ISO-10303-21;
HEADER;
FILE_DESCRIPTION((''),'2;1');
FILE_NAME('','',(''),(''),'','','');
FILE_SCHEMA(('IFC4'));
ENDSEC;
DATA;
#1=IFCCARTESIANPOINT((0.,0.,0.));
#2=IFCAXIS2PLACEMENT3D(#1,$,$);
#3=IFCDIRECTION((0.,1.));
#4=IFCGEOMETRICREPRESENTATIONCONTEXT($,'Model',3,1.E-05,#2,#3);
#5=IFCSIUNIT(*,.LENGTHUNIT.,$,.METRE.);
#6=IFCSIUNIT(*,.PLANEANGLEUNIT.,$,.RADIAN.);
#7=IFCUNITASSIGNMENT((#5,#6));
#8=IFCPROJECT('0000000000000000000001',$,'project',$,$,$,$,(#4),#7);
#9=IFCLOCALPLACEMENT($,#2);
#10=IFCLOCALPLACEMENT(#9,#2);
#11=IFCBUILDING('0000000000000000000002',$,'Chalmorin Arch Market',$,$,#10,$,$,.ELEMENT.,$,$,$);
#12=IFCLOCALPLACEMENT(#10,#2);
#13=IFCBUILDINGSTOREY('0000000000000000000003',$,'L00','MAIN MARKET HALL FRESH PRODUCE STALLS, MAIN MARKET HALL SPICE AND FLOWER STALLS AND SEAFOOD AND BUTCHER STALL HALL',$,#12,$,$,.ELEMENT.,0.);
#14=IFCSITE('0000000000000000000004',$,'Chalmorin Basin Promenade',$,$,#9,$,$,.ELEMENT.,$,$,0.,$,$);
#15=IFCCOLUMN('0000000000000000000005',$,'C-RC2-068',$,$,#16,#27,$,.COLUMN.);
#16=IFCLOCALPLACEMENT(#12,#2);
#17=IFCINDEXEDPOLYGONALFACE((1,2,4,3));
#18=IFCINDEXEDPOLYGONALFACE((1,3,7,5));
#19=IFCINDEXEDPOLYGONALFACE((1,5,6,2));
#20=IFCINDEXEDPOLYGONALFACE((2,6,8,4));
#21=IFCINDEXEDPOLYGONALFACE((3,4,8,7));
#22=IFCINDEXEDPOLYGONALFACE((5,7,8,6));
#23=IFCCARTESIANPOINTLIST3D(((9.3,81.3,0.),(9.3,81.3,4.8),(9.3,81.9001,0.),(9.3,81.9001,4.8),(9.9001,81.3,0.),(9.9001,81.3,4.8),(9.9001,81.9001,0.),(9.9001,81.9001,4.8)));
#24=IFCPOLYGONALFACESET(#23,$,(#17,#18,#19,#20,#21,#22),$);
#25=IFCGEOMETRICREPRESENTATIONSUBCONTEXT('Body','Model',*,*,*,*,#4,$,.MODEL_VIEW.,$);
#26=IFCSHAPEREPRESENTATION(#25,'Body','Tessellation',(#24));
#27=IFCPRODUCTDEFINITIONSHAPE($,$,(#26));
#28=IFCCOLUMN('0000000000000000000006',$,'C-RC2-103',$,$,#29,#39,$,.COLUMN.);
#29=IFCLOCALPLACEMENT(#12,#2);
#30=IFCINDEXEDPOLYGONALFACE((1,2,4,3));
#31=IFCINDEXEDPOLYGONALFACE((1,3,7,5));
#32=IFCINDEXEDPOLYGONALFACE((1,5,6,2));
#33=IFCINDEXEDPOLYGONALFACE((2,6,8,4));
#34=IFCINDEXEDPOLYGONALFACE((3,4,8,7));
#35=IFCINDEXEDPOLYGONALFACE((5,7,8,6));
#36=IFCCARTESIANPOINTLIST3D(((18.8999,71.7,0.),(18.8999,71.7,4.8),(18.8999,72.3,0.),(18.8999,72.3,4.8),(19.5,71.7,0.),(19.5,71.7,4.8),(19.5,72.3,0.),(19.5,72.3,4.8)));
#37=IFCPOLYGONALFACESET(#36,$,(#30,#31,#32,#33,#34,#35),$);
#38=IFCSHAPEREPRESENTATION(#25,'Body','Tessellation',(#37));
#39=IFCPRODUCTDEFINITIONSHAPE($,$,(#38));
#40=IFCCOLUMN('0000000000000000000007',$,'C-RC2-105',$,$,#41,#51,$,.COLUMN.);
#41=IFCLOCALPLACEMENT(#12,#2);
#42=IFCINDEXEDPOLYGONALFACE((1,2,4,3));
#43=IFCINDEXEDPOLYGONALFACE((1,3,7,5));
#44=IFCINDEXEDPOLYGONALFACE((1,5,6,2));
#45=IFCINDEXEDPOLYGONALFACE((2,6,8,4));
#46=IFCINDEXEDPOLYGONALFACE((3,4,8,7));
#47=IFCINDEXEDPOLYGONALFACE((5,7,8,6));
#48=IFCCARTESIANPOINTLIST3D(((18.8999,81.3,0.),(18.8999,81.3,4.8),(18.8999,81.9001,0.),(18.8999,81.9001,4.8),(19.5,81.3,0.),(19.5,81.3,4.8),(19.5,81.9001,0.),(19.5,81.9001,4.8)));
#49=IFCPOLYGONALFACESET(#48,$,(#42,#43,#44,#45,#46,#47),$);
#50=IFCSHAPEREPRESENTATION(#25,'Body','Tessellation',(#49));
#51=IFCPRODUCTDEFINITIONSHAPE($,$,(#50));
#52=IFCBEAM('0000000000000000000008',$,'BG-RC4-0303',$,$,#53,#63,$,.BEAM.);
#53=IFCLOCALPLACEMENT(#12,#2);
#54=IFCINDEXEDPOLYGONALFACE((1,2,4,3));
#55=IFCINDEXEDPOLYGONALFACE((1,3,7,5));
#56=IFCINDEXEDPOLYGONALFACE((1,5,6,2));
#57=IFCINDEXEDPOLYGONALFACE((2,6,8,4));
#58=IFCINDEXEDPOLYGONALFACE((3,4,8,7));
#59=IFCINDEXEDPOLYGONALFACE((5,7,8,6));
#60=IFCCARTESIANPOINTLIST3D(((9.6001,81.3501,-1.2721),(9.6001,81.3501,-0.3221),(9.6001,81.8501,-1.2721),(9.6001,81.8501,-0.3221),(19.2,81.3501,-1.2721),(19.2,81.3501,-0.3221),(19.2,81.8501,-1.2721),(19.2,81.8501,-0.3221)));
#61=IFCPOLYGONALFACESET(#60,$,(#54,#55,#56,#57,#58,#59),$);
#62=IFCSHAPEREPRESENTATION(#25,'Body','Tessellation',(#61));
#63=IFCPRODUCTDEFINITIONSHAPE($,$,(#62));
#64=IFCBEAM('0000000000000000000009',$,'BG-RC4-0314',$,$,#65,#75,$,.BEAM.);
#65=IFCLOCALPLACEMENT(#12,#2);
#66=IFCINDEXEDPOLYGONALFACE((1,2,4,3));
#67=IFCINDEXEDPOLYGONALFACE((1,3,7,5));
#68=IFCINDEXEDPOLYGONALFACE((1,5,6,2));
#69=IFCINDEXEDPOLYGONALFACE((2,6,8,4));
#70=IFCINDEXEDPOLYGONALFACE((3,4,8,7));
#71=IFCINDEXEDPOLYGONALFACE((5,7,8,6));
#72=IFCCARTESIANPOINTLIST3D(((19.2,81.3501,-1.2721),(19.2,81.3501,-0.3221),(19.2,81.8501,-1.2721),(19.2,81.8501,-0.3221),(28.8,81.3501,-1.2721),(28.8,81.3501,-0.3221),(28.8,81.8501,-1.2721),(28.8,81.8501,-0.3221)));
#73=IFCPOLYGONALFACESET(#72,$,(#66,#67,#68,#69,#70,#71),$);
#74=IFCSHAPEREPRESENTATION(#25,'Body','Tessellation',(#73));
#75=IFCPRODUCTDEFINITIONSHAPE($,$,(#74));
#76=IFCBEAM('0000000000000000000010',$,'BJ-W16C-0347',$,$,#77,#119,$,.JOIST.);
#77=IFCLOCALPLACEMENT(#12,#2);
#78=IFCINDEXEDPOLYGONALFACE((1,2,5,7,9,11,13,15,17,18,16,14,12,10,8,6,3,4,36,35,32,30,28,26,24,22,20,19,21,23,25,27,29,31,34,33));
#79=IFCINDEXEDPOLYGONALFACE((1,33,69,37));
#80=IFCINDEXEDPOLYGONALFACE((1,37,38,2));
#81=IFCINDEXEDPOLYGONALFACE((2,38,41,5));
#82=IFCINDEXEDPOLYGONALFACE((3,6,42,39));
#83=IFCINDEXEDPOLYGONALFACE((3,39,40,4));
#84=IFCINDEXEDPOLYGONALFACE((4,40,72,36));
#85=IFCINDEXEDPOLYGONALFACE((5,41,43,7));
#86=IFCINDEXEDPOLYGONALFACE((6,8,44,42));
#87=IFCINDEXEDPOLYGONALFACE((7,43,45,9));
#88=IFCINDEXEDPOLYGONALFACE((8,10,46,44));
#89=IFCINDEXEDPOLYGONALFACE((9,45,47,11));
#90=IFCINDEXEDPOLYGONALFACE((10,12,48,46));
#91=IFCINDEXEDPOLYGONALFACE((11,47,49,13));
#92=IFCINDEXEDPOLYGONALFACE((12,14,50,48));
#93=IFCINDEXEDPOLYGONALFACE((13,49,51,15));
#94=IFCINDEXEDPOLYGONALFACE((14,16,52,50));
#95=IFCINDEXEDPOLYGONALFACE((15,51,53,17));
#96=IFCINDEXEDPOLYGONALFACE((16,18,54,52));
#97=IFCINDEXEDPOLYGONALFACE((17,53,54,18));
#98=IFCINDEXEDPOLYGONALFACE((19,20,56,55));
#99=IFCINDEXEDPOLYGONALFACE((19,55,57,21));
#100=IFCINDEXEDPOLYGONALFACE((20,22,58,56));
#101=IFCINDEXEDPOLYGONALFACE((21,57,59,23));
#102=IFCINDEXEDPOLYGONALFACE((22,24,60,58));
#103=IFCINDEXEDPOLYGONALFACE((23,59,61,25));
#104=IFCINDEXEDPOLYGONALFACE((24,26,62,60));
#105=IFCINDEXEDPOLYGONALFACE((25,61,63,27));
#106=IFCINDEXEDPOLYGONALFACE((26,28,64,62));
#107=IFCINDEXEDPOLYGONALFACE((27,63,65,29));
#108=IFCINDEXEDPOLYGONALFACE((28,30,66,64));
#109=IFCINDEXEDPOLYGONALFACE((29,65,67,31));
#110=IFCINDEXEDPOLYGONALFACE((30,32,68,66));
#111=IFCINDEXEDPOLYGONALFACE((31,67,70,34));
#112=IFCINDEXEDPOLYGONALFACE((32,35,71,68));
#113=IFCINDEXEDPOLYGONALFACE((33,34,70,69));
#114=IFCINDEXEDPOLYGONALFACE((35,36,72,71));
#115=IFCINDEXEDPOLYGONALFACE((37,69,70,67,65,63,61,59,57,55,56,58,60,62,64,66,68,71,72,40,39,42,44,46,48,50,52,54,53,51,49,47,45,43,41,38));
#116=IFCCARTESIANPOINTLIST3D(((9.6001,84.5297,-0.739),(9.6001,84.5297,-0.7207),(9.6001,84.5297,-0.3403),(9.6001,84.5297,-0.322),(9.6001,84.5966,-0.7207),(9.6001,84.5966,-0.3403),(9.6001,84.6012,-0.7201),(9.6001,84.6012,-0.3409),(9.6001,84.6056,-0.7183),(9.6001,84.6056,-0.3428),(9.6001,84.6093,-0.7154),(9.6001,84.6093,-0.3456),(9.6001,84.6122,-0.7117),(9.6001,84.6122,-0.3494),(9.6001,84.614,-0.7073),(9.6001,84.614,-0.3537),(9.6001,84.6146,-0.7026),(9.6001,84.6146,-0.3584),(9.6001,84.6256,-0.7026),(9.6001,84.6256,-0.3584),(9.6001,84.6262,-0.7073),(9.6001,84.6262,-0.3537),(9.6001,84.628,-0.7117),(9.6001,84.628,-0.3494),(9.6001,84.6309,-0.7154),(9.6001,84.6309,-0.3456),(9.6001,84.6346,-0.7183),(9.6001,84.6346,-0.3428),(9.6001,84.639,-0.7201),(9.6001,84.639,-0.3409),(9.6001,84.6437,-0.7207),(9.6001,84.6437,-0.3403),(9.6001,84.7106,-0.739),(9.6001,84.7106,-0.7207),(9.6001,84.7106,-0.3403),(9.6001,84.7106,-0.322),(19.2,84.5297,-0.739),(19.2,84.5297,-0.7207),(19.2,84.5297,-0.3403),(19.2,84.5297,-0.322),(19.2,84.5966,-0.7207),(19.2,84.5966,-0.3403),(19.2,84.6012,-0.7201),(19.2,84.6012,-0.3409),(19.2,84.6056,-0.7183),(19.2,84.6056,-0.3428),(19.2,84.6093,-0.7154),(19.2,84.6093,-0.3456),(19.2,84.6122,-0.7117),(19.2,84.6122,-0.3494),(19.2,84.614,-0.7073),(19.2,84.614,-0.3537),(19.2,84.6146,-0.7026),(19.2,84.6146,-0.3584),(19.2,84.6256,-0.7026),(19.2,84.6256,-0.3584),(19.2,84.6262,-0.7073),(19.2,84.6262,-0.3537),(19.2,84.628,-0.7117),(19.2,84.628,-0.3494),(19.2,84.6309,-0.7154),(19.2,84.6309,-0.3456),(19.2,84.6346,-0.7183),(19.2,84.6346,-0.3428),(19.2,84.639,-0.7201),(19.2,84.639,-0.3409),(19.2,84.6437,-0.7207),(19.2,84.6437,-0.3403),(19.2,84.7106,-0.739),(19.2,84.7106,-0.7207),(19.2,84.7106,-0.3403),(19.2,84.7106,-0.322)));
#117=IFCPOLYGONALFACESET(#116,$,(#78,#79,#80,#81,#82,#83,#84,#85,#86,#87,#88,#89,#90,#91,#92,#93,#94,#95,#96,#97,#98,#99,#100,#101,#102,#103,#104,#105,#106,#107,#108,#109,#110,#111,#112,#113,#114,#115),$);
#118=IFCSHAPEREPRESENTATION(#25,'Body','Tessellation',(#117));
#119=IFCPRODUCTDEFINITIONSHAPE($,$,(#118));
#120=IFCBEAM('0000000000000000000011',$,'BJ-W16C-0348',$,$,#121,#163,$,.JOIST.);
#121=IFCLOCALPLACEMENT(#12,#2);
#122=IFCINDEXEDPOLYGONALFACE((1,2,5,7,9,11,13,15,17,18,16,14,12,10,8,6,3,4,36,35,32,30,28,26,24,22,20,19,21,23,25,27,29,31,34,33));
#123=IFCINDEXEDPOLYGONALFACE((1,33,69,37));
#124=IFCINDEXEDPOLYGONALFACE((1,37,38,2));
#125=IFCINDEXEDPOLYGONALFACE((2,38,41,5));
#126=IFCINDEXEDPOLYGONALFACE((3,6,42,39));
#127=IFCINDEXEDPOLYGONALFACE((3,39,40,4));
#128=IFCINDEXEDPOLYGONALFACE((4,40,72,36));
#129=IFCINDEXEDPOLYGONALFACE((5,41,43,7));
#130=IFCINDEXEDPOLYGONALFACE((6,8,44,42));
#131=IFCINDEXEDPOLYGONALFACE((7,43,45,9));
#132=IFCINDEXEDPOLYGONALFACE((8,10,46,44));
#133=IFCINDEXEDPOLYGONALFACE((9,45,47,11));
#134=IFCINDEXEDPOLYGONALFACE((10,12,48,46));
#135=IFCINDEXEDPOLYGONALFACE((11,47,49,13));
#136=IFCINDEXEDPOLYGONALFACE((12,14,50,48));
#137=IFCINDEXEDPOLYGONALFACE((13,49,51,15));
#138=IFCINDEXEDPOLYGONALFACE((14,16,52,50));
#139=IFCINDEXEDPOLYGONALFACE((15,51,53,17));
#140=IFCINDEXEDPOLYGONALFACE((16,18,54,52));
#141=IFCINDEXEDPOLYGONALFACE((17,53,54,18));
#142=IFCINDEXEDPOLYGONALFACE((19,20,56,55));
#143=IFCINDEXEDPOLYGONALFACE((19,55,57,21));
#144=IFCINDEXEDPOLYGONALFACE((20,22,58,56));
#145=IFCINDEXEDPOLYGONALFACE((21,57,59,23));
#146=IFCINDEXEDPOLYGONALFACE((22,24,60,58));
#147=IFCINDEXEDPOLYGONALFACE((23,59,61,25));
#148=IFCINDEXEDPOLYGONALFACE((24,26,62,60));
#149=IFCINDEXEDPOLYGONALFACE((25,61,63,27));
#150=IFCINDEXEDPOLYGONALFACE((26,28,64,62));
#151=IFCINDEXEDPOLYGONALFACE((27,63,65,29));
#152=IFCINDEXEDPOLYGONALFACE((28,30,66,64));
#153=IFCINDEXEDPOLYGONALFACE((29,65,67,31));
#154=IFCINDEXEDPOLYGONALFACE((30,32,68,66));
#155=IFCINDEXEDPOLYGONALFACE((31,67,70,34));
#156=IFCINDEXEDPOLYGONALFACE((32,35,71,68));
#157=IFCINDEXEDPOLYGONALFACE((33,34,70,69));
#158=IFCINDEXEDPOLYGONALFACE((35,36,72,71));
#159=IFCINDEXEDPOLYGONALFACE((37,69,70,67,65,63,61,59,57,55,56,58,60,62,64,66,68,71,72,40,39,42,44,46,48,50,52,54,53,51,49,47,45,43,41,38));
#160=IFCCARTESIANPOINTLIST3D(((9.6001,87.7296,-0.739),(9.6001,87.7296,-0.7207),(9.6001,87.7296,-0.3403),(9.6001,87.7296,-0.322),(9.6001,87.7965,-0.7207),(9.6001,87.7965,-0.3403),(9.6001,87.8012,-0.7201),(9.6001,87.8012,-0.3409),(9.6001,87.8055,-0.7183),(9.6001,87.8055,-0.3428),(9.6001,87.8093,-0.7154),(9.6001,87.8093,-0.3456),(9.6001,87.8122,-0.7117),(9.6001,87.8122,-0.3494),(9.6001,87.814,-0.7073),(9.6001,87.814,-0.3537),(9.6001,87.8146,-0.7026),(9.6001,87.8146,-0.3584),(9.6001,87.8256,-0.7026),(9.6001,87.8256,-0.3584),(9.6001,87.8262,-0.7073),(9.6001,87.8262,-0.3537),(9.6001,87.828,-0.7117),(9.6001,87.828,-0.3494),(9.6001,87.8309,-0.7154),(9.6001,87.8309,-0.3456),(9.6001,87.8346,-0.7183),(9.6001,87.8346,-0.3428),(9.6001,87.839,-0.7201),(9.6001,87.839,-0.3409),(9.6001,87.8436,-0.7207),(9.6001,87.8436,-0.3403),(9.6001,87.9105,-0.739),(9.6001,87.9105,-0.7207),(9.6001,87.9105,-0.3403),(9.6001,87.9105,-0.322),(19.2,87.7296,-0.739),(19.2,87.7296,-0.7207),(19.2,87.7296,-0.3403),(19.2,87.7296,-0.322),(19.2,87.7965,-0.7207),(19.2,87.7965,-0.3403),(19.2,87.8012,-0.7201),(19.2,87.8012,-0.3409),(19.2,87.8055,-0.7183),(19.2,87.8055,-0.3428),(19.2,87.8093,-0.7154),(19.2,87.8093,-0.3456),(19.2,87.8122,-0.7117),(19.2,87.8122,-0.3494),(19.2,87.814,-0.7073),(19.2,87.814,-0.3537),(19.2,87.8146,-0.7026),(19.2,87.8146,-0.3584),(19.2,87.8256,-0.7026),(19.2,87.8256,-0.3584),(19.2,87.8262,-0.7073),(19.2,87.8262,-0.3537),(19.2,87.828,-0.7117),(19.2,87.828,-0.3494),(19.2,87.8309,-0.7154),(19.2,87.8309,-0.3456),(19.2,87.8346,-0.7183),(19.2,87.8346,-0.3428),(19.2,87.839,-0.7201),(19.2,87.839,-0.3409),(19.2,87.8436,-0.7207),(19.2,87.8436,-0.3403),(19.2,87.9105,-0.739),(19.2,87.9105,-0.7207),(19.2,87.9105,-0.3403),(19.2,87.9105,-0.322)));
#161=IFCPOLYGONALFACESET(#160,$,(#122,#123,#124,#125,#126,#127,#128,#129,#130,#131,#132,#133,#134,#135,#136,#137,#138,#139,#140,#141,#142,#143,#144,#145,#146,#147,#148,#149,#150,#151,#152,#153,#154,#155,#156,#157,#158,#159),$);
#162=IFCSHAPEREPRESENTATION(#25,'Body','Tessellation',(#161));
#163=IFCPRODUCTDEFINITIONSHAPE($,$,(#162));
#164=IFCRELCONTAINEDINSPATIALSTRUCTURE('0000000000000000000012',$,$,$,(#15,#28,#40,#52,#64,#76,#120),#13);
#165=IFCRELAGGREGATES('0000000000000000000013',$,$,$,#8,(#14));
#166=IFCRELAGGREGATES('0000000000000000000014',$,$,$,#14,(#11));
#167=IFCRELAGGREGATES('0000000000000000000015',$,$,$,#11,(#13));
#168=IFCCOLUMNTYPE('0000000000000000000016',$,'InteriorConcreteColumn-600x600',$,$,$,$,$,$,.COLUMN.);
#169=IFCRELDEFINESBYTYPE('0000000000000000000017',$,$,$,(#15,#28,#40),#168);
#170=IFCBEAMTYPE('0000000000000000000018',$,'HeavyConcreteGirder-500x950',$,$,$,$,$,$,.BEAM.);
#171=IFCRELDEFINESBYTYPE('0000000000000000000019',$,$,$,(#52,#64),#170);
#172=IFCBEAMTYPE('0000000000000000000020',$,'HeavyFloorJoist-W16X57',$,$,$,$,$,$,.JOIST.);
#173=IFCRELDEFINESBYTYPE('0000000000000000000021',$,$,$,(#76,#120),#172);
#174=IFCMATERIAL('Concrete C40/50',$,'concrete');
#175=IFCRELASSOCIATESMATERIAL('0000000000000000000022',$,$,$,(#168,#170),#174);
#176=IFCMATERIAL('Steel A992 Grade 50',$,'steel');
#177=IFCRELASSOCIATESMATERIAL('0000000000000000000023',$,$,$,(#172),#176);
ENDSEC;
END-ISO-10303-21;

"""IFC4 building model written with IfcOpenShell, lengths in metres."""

from ifc_helpers import new_model, si_unit, direction, frame, origin, origin_2d, place, context, subcontext, project, spatial, rectangle, i_section, extrude, material, material_profile, profile_set, type_object, element, save


model = new_model("IFC4")

# Units and contexts
model_context = context("Model", 3, precision=1e-05, world=origin(), true_north=direction((0.0, 1.0)))
body_context = subcontext(model_context, "Body", "Model", "MODEL_VIEW")
ifc_project = project(units=[si_unit("LENGTHUNIT", "METRE"), si_unit("PLANEANGLEUNIT", "RADIAN")], contexts=[model_context])

# Site, building, storey
site_placement = place(None, origin())
site = spatial("IfcSite", under=ifc_project, at=site_placement, Name="Chalmorin Basin Promenade", CompositionType="ELEMENT", RefElevation=0.0)
building_placement = place(site_placement, origin())
building = spatial("IfcBuilding", under=site, at=building_placement, Name="Chalmorin Arch Market", CompositionType="ELEMENT")
storey_placement = place(building_placement, origin())
storey = spatial("IfcBuildingStorey", under=building, at=storey_placement, Name="L00", Description="MAIN MARKET HALL FRESH PRODUCE STALLS, MAIN MARKET HALL SPICE AND FLOWER STALLS AND SEAFOOD AND BUTCHER STALL HALL", CompositionType="ELEMENT", Elevation=0.0)

# Columns
ifc_material_1 = material(Name="Concrete C40/50", Category="concrete")
ifc_material_profile_1 = material_profile(ifc_material_1, rectangle(XDim=0.6001, YDim=0.6001, at=origin_2d()), Name="RC600X600")
ifc_profile_set_1 = profile_set([ifc_material_profile_1], Name="Concrete C40/50")
column_type = type_object("IfcColumnType", Name="InteriorConcreteColumn-600x600", PredefinedType="COLUMN", material=ifc_profile_set_1)
for number, where, z_axis, x_axis, name in (
    (1, (9.6001, 81.6001, 0.0), (0.0, 0.0, 1.0), (1.0, 0.0, 0.0), "C-RC2-068"),
    (2, (19.2, 72.0, 0.0), (0.0, 0.0, 1.0), (1.0, 0.0, 0.0), "C-RC2-103"),
    (3, (19.2, 81.6001, 0.0), (0.0, 0.0, 1.0), (1.0, 0.0, 0.0), "C-RC2-105"),
):
    element("IfcColumn", number, at=place(storey_placement, frame(where, z_axis=z_axis, x_axis=x_axis)), inside=storey, type_object=column_type, Name=name, PredefinedType="COLUMN", context=body_context, shape_type="SweptSolid", body=[
        extrude(rectangle(XDim=0.6001, YDim=0.6001, at=origin_2d()), origin(), (0.0, 0.0, 1.0), 4.8),
    ])

# Beams
ifc_material_profile_2 = material_profile(ifc_material_1, rectangle(XDim=0.5, YDim=0.95, at=origin_2d()), Name="RC500X950")
ifc_profile_set_2 = profile_set([ifc_material_profile_2], Name="Concrete C40/50")
beam_type_1 = type_object("IfcBeamType", Name="HeavyConcreteGirder-500x950", PredefinedType="BEAM", material=ifc_profile_set_2)
beam_1_placement = place(storey_placement, frame((9.6001, 81.6001, -0.7971), z_axis=(1.0, 0.0, 0.0), x_axis=(0.0, 1.0, 0.0)))
element("IfcBeam", 4, at=beam_1_placement, inside=storey, type_object=beam_type_1, Name="BG-RC4-0303", PredefinedType="BEAM", context=body_context, shape_type="SweptSolid", body=[
    extrude(rectangle(XDim=0.5, YDim=0.95, at=origin_2d()), origin(), (0.0, 0.0, 1.0), 9.5999),
])
beam_2_placement = place(storey_placement, frame((19.2, 81.6001, -0.7971), z_axis=(1.0, 0.0, 0.0), x_axis=(0.0, 1.0, 0.0)))
element("IfcBeam", 5, at=beam_2_placement, inside=storey, type_object=beam_type_1, Name="BG-RC4-0314", PredefinedType="BEAM", context=body_context, shape_type="SweptSolid", body=[
    extrude(rectangle(XDim=0.5, YDim=0.95, at=origin_2d()), origin(), (0.0, 0.0, 1.0), 9.6001),
])
ifc_material_2 = material(Name="Steel A992 Grade 50", Category="steel")
ifc_material_profile_3 = material_profile(ifc_material_2, i_section(OverallWidth=0.1809, OverallDepth=0.417, WebThickness=0.011, FlangeThickness=0.0183, FilletRadius=0.0181, at=origin_2d()), Name="W16X57")
ifc_profile_set_3 = profile_set([ifc_material_profile_3], Name="Steel A992 Grade 50")
beam_type_2 = type_object("IfcBeamType", Name="HeavyFloorJoist-W16X57", PredefinedType="JOIST", material=ifc_profile_set_3)
for number, where, z_axis, x_axis, name in (
    (6, (9.6001, 84.6201, -0.5305), (1.0, 0.0, 0.0), (0.0, 1.0, 0.0), "BJ-W16C-0347"),
    (7, (9.6001, 87.8201, -0.5305), (1.0, 0.0, 0.0), (0.0, 1.0, 0.0), "BJ-W16C-0348"),
):
    element("IfcBeam", number, at=place(storey_placement, frame(where, z_axis=z_axis, x_axis=x_axis)), inside=storey, type_object=beam_type_2, Name=name, PredefinedType="JOIST", context=body_context, shape_type="SweptSolid", body=[
        extrude(i_section(OverallWidth=0.1809, OverallDepth=0.417, WebThickness=0.011, FlangeThickness=0.0183, FilletRadius=0.0181, at=origin_2d()), origin(), (0.0, 0.0, 1.0), 9.5999),
    ])

save(model, "model.ifc")
